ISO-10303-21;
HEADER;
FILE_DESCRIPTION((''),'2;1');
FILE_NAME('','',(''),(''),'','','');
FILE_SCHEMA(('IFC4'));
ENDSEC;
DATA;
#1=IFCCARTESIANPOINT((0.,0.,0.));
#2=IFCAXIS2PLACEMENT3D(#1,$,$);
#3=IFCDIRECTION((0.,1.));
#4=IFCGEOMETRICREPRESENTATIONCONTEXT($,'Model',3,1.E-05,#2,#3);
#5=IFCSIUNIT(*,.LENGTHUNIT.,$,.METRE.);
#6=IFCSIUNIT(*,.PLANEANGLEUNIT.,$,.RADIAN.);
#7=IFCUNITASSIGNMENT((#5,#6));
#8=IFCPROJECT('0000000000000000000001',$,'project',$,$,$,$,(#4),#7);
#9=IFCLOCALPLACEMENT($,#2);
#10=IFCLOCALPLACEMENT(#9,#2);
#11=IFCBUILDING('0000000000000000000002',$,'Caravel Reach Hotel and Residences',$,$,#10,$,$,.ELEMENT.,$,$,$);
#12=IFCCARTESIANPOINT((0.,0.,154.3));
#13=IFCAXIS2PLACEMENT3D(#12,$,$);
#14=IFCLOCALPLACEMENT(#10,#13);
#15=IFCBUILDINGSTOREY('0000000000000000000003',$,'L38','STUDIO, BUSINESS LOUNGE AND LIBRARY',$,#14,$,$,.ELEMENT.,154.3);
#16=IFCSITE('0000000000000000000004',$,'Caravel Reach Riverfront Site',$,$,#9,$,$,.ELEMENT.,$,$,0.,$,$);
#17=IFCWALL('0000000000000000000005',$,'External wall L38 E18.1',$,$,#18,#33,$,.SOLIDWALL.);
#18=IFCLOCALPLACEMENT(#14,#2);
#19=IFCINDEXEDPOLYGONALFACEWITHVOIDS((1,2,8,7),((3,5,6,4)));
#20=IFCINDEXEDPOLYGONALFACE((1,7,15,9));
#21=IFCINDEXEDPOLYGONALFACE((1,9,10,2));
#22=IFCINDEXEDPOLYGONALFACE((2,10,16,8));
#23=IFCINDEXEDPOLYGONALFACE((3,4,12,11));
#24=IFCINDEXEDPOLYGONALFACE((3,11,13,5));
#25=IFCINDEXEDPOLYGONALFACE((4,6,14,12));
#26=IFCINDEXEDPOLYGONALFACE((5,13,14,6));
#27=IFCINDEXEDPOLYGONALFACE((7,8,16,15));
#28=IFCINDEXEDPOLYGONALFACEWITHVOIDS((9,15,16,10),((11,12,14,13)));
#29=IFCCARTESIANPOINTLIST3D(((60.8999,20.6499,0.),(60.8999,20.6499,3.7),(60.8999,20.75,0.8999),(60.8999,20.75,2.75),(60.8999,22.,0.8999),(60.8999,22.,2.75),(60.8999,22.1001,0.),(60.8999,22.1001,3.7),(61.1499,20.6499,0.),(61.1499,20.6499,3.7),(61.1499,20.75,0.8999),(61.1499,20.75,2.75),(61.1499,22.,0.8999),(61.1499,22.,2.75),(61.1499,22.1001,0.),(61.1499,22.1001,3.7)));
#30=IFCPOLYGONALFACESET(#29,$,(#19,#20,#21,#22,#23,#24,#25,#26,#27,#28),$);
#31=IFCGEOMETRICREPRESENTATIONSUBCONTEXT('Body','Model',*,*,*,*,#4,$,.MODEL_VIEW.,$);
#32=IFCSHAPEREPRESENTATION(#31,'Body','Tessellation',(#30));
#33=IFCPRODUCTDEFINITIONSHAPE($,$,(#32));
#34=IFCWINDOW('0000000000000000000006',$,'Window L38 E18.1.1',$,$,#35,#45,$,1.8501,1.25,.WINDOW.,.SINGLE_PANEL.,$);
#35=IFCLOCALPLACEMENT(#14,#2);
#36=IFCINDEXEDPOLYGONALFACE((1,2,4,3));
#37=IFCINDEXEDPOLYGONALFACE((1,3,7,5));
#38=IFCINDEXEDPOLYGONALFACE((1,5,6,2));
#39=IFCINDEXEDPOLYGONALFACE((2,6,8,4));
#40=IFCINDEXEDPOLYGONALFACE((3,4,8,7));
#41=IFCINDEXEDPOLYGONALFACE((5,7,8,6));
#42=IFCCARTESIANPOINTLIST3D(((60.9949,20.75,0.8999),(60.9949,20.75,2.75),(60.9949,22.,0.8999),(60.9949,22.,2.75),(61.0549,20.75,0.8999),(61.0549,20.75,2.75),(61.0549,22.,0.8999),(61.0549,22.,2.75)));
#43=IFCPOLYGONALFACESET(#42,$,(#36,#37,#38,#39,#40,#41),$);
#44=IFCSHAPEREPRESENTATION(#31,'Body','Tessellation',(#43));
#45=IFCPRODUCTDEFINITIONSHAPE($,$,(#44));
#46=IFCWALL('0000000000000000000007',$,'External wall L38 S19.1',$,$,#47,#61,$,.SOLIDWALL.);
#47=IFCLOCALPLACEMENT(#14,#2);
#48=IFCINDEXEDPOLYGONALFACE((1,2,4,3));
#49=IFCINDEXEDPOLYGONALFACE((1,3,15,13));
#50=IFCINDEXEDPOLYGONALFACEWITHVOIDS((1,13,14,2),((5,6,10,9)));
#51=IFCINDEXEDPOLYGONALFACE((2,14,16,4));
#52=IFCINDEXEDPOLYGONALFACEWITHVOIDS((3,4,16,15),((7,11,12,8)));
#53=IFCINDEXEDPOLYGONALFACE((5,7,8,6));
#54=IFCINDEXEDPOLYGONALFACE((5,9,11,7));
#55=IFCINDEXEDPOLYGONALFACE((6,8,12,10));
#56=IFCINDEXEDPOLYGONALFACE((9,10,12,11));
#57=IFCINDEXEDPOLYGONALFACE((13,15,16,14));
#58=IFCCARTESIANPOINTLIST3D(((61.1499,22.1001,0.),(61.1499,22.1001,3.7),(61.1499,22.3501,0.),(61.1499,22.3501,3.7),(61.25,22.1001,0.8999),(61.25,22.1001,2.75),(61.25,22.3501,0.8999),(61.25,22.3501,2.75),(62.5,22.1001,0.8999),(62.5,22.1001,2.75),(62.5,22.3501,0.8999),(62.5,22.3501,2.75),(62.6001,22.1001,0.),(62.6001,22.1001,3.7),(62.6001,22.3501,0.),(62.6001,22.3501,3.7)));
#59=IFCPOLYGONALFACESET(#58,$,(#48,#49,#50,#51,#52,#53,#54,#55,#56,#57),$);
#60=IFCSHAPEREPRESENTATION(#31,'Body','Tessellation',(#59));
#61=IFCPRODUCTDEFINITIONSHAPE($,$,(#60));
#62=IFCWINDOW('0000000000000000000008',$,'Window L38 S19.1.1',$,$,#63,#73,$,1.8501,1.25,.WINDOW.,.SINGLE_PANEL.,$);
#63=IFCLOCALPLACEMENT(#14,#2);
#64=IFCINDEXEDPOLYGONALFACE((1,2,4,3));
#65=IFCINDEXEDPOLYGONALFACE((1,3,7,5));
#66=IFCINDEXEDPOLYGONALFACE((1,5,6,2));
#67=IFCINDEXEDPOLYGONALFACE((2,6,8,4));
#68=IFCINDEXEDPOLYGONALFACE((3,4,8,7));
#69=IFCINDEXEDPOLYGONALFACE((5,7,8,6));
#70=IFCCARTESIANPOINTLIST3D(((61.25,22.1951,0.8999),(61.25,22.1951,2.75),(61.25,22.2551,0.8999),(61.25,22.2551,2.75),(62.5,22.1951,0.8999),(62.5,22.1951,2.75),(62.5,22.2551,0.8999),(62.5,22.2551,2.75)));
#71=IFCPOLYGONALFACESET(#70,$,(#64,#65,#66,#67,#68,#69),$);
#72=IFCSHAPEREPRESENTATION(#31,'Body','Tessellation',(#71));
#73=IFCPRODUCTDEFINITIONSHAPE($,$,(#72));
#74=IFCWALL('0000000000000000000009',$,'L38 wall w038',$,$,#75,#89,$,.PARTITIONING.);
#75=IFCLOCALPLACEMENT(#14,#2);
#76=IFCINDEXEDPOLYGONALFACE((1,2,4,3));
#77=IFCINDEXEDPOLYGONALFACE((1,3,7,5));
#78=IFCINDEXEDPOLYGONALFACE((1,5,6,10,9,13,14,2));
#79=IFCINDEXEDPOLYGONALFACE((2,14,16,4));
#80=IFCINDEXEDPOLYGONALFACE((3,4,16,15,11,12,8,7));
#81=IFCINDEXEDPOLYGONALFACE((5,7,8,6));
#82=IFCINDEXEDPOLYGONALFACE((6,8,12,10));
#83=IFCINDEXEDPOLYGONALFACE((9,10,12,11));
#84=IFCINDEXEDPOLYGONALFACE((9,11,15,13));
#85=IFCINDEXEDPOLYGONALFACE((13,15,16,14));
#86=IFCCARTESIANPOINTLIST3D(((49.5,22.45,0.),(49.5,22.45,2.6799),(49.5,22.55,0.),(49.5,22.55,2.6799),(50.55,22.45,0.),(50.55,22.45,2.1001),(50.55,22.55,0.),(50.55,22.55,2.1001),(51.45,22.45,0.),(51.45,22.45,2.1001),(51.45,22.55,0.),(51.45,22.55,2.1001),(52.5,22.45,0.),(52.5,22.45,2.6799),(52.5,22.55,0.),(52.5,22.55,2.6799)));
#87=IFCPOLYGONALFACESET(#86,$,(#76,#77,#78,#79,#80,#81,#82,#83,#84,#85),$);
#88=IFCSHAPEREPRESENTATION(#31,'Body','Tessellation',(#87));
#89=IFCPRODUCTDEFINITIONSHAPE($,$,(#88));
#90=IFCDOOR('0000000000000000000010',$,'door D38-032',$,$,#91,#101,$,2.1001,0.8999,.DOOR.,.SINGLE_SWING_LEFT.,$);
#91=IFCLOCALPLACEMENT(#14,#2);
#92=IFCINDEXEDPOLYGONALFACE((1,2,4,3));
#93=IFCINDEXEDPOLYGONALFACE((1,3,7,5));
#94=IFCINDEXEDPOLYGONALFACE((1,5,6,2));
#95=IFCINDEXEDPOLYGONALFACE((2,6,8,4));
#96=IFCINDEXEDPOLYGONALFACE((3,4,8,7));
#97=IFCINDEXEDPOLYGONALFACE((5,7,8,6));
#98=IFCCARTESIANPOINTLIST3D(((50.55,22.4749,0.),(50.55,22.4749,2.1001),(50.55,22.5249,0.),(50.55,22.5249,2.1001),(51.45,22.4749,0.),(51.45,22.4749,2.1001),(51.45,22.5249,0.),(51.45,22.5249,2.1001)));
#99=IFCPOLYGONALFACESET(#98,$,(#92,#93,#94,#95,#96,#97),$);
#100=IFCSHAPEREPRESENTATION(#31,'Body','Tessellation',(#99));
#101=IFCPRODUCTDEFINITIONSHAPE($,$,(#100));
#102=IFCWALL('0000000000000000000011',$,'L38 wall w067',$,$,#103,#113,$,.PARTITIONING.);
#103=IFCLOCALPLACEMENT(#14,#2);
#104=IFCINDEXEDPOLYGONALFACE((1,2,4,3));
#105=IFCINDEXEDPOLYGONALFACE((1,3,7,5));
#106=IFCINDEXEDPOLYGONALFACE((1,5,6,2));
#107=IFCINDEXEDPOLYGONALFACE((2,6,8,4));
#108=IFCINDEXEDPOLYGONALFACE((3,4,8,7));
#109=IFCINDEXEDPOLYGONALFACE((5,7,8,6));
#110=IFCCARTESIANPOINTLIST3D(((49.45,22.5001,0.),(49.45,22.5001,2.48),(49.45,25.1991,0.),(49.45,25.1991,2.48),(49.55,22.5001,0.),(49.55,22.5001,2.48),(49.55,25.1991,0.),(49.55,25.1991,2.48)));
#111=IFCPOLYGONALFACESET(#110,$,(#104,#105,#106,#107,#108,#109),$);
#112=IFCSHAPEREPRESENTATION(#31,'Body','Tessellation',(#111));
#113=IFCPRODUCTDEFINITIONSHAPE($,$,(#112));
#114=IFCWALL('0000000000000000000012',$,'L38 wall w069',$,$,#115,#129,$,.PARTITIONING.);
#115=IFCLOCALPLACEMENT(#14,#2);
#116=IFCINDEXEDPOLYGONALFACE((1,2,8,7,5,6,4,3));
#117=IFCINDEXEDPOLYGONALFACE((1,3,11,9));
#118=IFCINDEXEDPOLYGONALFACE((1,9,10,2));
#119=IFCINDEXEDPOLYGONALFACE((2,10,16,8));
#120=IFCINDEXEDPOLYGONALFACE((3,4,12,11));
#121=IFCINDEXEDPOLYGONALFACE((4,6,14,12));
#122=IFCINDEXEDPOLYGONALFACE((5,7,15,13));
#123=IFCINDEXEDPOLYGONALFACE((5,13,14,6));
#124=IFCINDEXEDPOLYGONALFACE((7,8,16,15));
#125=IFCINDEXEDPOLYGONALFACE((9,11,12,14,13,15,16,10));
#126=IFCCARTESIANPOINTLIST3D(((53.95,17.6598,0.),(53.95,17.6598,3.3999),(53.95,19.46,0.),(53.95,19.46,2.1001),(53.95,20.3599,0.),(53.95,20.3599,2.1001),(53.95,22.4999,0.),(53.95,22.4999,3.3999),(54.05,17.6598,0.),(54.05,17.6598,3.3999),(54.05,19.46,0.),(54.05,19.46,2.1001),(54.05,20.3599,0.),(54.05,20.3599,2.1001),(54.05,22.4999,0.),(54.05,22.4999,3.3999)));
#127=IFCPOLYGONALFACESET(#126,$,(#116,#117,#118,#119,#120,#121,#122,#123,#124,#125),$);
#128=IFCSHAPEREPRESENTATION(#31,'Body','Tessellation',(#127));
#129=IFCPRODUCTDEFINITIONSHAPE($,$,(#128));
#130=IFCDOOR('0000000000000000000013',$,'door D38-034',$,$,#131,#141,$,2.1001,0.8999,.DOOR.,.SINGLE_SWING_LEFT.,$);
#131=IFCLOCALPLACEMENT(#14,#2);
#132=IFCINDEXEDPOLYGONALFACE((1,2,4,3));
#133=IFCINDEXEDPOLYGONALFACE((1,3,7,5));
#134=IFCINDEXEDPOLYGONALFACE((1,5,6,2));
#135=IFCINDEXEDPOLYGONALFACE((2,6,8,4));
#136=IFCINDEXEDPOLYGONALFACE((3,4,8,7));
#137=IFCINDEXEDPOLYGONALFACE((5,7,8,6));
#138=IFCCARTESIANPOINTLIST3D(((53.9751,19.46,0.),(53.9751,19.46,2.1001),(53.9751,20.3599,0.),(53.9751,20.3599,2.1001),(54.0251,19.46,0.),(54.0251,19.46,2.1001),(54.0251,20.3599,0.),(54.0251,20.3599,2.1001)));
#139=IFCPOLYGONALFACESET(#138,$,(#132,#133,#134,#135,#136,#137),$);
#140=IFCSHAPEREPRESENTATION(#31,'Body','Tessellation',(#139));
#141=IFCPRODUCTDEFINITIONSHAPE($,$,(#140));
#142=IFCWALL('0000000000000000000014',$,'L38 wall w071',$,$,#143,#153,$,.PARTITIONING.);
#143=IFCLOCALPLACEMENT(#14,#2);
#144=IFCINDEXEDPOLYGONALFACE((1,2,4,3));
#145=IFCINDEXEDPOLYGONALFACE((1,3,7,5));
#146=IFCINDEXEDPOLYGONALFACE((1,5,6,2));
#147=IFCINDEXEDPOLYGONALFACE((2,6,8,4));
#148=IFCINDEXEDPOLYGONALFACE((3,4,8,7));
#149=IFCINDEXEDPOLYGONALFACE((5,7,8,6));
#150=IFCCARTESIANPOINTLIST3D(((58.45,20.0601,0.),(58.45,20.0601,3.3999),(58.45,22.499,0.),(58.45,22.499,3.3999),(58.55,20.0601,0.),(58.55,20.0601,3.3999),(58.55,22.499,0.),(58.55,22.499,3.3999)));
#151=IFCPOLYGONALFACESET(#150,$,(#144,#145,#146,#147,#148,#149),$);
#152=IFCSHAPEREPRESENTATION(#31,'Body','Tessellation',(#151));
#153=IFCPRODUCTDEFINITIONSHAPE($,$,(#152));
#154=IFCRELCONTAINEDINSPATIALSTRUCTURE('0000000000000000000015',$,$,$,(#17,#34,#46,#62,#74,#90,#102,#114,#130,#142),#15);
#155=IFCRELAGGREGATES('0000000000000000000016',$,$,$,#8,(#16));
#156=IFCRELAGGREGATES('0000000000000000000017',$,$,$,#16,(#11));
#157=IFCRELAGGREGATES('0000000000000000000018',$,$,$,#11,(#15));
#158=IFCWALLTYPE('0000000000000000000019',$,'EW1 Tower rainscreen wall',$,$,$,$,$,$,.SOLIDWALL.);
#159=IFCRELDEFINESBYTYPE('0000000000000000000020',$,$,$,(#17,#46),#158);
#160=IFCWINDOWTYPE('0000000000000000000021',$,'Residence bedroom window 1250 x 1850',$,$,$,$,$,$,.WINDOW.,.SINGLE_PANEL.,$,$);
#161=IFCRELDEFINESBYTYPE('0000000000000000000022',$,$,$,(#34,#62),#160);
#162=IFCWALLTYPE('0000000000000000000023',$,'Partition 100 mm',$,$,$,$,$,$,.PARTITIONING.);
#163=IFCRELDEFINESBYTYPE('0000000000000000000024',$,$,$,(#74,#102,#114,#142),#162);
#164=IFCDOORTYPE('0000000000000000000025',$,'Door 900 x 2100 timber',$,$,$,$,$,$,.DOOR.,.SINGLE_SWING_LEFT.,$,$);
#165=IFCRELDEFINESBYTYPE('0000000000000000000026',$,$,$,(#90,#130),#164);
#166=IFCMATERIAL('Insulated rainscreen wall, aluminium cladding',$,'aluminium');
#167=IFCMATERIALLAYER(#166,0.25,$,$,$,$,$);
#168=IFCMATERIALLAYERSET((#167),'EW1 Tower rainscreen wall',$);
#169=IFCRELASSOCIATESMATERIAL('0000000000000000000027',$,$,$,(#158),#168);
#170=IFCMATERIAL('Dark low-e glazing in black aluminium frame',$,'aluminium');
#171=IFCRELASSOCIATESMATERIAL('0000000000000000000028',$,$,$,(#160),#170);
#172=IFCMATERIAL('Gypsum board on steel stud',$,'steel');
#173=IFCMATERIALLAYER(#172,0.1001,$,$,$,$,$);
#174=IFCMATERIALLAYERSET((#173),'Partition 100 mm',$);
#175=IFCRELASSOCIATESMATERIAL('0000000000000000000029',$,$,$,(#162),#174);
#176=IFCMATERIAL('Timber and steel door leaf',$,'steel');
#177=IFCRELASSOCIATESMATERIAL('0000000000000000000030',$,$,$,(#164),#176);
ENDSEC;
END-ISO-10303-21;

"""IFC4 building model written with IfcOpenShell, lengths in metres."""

from ifc_helpers import new_model, si_unit, direction, frame, frame_2d, origin, place, context, subcontext, project, spatial, rectangle, extrude, material, layer, layer_set, type_object, element, fill, save


model = new_model("IFC4")

# Units and contexts
model_context = context("Model", 3, precision=1e-05, world=origin(), true_north=direction((0.0, 1.0)))
body_context = subcontext(model_context, "Body", "Model", "MODEL_VIEW")
ifc_project = project(units=[si_unit("LENGTHUNIT", "METRE"), si_unit("PLANEANGLEUNIT", "RADIAN")], contexts=[model_context])

# Site, building, storey
site_placement = place(None, origin())
site = spatial("IfcSite", under=ifc_project, at=site_placement, Name="Caravel Reach Riverfront Site", CompositionType="ELEMENT", RefElevation=0.0)
building_placement = place(site_placement, origin())
building = spatial("IfcBuilding", under=site, at=building_placement, Name="Caravel Reach Hotel and Residences", CompositionType="ELEMENT")
storey_placement = place(building_placement, frame((0.0, 0.0, 154.3)))
storey = spatial("IfcBuildingStorey", under=building, at=storey_placement, Name="L38", Description="STUDIO, BUSINESS LOUNGE AND LIBRARY", CompositionType="ELEMENT", Elevation=154.3)

# Shared definitions
ifc_material_1 = material(Name="Insulated rainscreen wall, aluminium cladding", Category="aluminium")
ifc_layer_1 = layer(ifc_material_1, 0.25)
ifc_layer_set_1 = layer_set([ifc_layer_1], Name="EW1 Tower rainscreen wall")
wall_type_1 = type_object("IfcWallType", Name="EW1 Tower rainscreen wall", PredefinedType="SOLIDWALL", material=ifc_layer_set_1)

# Walls, openings, windows
ifc_material_2 = material(Name="Dark low-e glazing in black aluminium frame", Category="aluminium")
window_type_1 = type_object("IfcWindowType", Name="Residence bedroom window 1250 x 1850", PartitioningType="SINGLE_PANEL", PredefinedType="WINDOW", material=ifc_material_2)
wall_1_placement = place(storey_placement, frame((61.0249, 20.6499, 0.0), z_axis=(0.0, 0.0, 1.0), x_axis=(0.0, 1.0, 0.0)))
wall_1 = element("IfcWall", 1, at=wall_1_placement, inside=storey, type_object=wall_type_1, Name="External wall L38 E18.1", PredefinedType="SOLIDWALL", context=body_context, shape_type="SweptSolid", body=[
    extrude(rectangle(XDim=1.4502, YDim=0.25, at=frame_2d((0.7251, 0.0))), origin(), (0.0, 0.0, 1.0), 3.7),
])
opening_1_placement = place(wall_1_placement, frame((0.1001, 0.0, 0.8999)))
opening_1 = element("IfcOpeningElement", 2, at=opening_1_placement, cuts=wall_1, PredefinedType="OPENING", context=body_context, shape_type="SweptSolid", body=[
    extrude(rectangle(XDim=1.25, YDim=1.8501, at=frame_2d((0.625, 0.925))), frame((0.0, 0.135, 0.0), z_axis=(0.0, -1.0, 0.0), x_axis=(1.0, 0.0, 0.0)), (0.0, 0.0, 1.0), 0.27),
])
window_1_placement = place(opening_1_placement, origin())
window_1 = element("IfcWindow", 3, at=window_1_placement, inside=storey, type_object=window_type_1, Name="Window L38 E18.1.1", OverallHeight=1.8501, OverallWidth=1.25, PartitioningType="SINGLE_PANEL", PredefinedType="WINDOW", context=body_context, shape_type="SweptSolid", body=[
    extrude(rectangle(XDim=1.25, YDim=1.8501, at=frame_2d((0.625, 0.925))), frame((0.0, 0.03, 0.0), z_axis=(0.0, -1.0, 0.0), x_axis=(1.0, 0.0, 0.0)), (0.0, 0.0, 1.0), 0.0601),
])
fill(opening_1, window_1)
wall_2_placement = place(storey_placement, frame((61.1499, 22.2251, 0.0), z_axis=(0.0, 0.0, 1.0), x_axis=(1.0, 0.0, 0.0)))
wall_2 = element("IfcWall", 4, at=wall_2_placement, inside=storey, type_object=wall_type_1, Name="External wall L38 S19.1", PredefinedType="SOLIDWALL", context=body_context, shape_type="SweptSolid", body=[
    extrude(rectangle(XDim=1.4502, YDim=0.25, at=frame_2d((0.7251, 0.0))), origin(), (0.0, 0.0, 1.0), 3.7),
])
opening_2_placement = place(wall_2_placement, frame((0.1001, 0.0, 0.8999)))
opening_2 = element("IfcOpeningElement", 5, at=opening_2_placement, cuts=wall_2, PredefinedType="OPENING", context=body_context, shape_type="SweptSolid", body=[
    extrude(rectangle(XDim=1.25, YDim=1.8501, at=frame_2d((0.625, 0.925))), frame((0.0, 0.135, 0.0), z_axis=(0.0, -1.0, 0.0), x_axis=(1.0, 0.0, 0.0)), (0.0, 0.0, 1.0), 0.27),
])
window_2_placement = place(opening_2_placement, origin())
window_2 = element("IfcWindow", 6, at=window_2_placement, inside=storey, type_object=window_type_1, Name="Window L38 S19.1.1", OverallHeight=1.8501, OverallWidth=1.25, PartitioningType="SINGLE_PANEL", PredefinedType="WINDOW", context=body_context, shape_type="SweptSolid", body=[
    extrude(rectangle(XDim=1.25, YDim=1.8501, at=frame_2d((0.625, 0.925))), frame((0.0, 0.03, 0.0), z_axis=(0.0, -1.0, 0.0), x_axis=(1.0, 0.0, 0.0)), (0.0, 0.0, 1.0), 0.0601),
])
fill(opening_2, window_2)

# Wall, opening, door
ifc_material_3 = material(Name="Gypsum board on steel stud", Category="steel")
ifc_layer_2 = layer(ifc_material_3, 0.1001)
ifc_layer_set_2 = layer_set([ifc_layer_2], Name="Partition 100 mm")
wall_type_2 = type_object("IfcWallType", Name="Partition 100 mm", PredefinedType="PARTITIONING", material=ifc_layer_set_2)
wall_3_placement = place(storey_placement, frame((49.5, 22.5, 0.0), z_axis=(0.0, 0.0, 1.0), x_axis=(1.0, 0.0, 0.0)))
wall_3 = element("IfcWall", 7, at=wall_3_placement, inside=storey, type_object=wall_type_2, Name="L38 wall w038", PredefinedType="PARTITIONING", context=body_context, shape_type="SweptSolid", body=[
    extrude(rectangle(XDim=3.0, YDim=0.1001, at=frame_2d((1.5, 0.0))), origin(), (0.0, 0.0, 1.0), 2.6799),
])
opening_3_placement = place(wall_3_placement, frame((1.05, 0.0, 0.0)))
opening_3 = element("IfcOpeningElement", 8, at=opening_3_placement, cuts=wall_3, PredefinedType="OPENING", context=body_context, shape_type="SweptSolid", body=[
    extrude(rectangle(XDim=0.8999, YDim=2.1001, at=frame_2d((0.45, 1.05))), frame((0.0, 0.0601, 0.0), z_axis=(0.0, -1.0, 0.0), x_axis=(1.0, 0.0, 0.0)), (0.0, 0.0, 1.0), 0.1201),
])
ifc_material_4 = material(Name="Timber and steel door leaf", Category="steel")
door_type = type_object("IfcDoorType", Name="Door 900 x 2100 timber", OperationType="SINGLE_SWING_LEFT", PredefinedType="DOOR", material=ifc_material_4)
door_1_placement = place(opening_3_placement, origin())
door_1 = element("IfcDoor", 9, at=door_1_placement, inside=storey, type_object=door_type, Name="door D38-032", OperationType="SINGLE_SWING_LEFT", OverallHeight=2.1001, OverallWidth=0.8999, PredefinedType="DOOR", context=body_context, shape_type="SweptSolid", body=[
    extrude(rectangle(XDim=0.8999, YDim=2.1001, at=frame_2d((0.45, 1.05))), frame((0.0, 0.0249, 0.0), z_axis=(0.0, -1.0, 0.0), x_axis=(1.0, 0.0, 0.0)), (0.0, 0.0, 1.0), 0.05),
])
fill(opening_3, door_1)

# Wall
wall_4_placement = place(storey_placement, frame((49.5, 22.5, 0.0), z_axis=(0.0, 0.0, 1.0), x_axis=(0.0, 1.0, 0.0)))
element("IfcWall", 10, at=wall_4_placement, inside=storey, type_object=wall_type_2, Name="L38 wall w067", PredefinedType="PARTITIONING", context=body_context, shape_type="SweptSolid", body=[
    extrude(rectangle(XDim=2.699, YDim=0.1001, at=frame_2d((1.3496, 0.0))), origin(), (0.0, 0.0, 1.0), 2.48),
])

# Wall, opening, door
wall_5_placement = place(storey_placement, frame((54.0, 17.6599, 0.0), z_axis=(0.0, 0.0, 1.0), x_axis=(0.0, 1.0, 0.0)))
wall_5 = element("IfcWall", 11, at=wall_5_placement, inside=storey, type_object=wall_type_2, Name="L38 wall w069", PredefinedType="PARTITIONING", context=body_context, shape_type="SweptSolid", body=[
    extrude(rectangle(XDim=4.8401, YDim=0.1001, at=frame_2d((2.4199, 0.0))), origin(), (0.0, 0.0, 1.0), 3.3999),
])
opening_4_placement = place(wall_5_placement, frame((1.8, 0.0, 0.0)))
opening_4 = element("IfcOpeningElement", 12, at=opening_4_placement, cuts=wall_5, PredefinedType="OPENING", context=body_context, shape_type="SweptSolid", body=[
    extrude(rectangle(XDim=0.8999, YDim=2.1001, at=frame_2d((0.45, 1.05))), frame((0.0, 0.0601, 0.0), z_axis=(0.0, -1.0, 0.0), x_axis=(1.0, 0.0, 0.0)), (0.0, 0.0, 1.0), 0.1201),
])
door_2_placement = place(opening_4_placement, origin())
door_2 = element("IfcDoor", 13, at=door_2_placement, inside=storey, type_object=door_type, Name="door D38-034", OperationType="SINGLE_SWING_LEFT", OverallHeight=2.1001, OverallWidth=0.8999, PredefinedType="DOOR", context=body_context, shape_type="SweptSolid", body=[
    extrude(rectangle(XDim=0.8999, YDim=2.1001, at=frame_2d((0.45, 1.05))), frame((0.0, 0.0249, 0.0), z_axis=(0.0, -1.0, 0.0), x_axis=(1.0, 0.0, 0.0)), (0.0, 0.0, 1.0), 0.05),
])
fill(opening_4, door_2)

# Wall
wall_6_placement = place(storey_placement, frame((58.5, 20.0601, 0.0), z_axis=(0.0, 0.0, 1.0), x_axis=(0.0, 1.0, 0.0)))
element("IfcWall", 14, at=wall_6_placement, inside=storey, type_object=wall_type_2, Name="L38 wall w071", PredefinedType="PARTITIONING", context=body_context, shape_type="SweptSolid", body=[
    extrude(rectangle(XDim=2.439, YDim=0.1001, at=frame_2d((1.2195, 0.0))), origin(), (0.0, 0.0, 1.0), 3.3999),
])

save(model, "model.ifc")
